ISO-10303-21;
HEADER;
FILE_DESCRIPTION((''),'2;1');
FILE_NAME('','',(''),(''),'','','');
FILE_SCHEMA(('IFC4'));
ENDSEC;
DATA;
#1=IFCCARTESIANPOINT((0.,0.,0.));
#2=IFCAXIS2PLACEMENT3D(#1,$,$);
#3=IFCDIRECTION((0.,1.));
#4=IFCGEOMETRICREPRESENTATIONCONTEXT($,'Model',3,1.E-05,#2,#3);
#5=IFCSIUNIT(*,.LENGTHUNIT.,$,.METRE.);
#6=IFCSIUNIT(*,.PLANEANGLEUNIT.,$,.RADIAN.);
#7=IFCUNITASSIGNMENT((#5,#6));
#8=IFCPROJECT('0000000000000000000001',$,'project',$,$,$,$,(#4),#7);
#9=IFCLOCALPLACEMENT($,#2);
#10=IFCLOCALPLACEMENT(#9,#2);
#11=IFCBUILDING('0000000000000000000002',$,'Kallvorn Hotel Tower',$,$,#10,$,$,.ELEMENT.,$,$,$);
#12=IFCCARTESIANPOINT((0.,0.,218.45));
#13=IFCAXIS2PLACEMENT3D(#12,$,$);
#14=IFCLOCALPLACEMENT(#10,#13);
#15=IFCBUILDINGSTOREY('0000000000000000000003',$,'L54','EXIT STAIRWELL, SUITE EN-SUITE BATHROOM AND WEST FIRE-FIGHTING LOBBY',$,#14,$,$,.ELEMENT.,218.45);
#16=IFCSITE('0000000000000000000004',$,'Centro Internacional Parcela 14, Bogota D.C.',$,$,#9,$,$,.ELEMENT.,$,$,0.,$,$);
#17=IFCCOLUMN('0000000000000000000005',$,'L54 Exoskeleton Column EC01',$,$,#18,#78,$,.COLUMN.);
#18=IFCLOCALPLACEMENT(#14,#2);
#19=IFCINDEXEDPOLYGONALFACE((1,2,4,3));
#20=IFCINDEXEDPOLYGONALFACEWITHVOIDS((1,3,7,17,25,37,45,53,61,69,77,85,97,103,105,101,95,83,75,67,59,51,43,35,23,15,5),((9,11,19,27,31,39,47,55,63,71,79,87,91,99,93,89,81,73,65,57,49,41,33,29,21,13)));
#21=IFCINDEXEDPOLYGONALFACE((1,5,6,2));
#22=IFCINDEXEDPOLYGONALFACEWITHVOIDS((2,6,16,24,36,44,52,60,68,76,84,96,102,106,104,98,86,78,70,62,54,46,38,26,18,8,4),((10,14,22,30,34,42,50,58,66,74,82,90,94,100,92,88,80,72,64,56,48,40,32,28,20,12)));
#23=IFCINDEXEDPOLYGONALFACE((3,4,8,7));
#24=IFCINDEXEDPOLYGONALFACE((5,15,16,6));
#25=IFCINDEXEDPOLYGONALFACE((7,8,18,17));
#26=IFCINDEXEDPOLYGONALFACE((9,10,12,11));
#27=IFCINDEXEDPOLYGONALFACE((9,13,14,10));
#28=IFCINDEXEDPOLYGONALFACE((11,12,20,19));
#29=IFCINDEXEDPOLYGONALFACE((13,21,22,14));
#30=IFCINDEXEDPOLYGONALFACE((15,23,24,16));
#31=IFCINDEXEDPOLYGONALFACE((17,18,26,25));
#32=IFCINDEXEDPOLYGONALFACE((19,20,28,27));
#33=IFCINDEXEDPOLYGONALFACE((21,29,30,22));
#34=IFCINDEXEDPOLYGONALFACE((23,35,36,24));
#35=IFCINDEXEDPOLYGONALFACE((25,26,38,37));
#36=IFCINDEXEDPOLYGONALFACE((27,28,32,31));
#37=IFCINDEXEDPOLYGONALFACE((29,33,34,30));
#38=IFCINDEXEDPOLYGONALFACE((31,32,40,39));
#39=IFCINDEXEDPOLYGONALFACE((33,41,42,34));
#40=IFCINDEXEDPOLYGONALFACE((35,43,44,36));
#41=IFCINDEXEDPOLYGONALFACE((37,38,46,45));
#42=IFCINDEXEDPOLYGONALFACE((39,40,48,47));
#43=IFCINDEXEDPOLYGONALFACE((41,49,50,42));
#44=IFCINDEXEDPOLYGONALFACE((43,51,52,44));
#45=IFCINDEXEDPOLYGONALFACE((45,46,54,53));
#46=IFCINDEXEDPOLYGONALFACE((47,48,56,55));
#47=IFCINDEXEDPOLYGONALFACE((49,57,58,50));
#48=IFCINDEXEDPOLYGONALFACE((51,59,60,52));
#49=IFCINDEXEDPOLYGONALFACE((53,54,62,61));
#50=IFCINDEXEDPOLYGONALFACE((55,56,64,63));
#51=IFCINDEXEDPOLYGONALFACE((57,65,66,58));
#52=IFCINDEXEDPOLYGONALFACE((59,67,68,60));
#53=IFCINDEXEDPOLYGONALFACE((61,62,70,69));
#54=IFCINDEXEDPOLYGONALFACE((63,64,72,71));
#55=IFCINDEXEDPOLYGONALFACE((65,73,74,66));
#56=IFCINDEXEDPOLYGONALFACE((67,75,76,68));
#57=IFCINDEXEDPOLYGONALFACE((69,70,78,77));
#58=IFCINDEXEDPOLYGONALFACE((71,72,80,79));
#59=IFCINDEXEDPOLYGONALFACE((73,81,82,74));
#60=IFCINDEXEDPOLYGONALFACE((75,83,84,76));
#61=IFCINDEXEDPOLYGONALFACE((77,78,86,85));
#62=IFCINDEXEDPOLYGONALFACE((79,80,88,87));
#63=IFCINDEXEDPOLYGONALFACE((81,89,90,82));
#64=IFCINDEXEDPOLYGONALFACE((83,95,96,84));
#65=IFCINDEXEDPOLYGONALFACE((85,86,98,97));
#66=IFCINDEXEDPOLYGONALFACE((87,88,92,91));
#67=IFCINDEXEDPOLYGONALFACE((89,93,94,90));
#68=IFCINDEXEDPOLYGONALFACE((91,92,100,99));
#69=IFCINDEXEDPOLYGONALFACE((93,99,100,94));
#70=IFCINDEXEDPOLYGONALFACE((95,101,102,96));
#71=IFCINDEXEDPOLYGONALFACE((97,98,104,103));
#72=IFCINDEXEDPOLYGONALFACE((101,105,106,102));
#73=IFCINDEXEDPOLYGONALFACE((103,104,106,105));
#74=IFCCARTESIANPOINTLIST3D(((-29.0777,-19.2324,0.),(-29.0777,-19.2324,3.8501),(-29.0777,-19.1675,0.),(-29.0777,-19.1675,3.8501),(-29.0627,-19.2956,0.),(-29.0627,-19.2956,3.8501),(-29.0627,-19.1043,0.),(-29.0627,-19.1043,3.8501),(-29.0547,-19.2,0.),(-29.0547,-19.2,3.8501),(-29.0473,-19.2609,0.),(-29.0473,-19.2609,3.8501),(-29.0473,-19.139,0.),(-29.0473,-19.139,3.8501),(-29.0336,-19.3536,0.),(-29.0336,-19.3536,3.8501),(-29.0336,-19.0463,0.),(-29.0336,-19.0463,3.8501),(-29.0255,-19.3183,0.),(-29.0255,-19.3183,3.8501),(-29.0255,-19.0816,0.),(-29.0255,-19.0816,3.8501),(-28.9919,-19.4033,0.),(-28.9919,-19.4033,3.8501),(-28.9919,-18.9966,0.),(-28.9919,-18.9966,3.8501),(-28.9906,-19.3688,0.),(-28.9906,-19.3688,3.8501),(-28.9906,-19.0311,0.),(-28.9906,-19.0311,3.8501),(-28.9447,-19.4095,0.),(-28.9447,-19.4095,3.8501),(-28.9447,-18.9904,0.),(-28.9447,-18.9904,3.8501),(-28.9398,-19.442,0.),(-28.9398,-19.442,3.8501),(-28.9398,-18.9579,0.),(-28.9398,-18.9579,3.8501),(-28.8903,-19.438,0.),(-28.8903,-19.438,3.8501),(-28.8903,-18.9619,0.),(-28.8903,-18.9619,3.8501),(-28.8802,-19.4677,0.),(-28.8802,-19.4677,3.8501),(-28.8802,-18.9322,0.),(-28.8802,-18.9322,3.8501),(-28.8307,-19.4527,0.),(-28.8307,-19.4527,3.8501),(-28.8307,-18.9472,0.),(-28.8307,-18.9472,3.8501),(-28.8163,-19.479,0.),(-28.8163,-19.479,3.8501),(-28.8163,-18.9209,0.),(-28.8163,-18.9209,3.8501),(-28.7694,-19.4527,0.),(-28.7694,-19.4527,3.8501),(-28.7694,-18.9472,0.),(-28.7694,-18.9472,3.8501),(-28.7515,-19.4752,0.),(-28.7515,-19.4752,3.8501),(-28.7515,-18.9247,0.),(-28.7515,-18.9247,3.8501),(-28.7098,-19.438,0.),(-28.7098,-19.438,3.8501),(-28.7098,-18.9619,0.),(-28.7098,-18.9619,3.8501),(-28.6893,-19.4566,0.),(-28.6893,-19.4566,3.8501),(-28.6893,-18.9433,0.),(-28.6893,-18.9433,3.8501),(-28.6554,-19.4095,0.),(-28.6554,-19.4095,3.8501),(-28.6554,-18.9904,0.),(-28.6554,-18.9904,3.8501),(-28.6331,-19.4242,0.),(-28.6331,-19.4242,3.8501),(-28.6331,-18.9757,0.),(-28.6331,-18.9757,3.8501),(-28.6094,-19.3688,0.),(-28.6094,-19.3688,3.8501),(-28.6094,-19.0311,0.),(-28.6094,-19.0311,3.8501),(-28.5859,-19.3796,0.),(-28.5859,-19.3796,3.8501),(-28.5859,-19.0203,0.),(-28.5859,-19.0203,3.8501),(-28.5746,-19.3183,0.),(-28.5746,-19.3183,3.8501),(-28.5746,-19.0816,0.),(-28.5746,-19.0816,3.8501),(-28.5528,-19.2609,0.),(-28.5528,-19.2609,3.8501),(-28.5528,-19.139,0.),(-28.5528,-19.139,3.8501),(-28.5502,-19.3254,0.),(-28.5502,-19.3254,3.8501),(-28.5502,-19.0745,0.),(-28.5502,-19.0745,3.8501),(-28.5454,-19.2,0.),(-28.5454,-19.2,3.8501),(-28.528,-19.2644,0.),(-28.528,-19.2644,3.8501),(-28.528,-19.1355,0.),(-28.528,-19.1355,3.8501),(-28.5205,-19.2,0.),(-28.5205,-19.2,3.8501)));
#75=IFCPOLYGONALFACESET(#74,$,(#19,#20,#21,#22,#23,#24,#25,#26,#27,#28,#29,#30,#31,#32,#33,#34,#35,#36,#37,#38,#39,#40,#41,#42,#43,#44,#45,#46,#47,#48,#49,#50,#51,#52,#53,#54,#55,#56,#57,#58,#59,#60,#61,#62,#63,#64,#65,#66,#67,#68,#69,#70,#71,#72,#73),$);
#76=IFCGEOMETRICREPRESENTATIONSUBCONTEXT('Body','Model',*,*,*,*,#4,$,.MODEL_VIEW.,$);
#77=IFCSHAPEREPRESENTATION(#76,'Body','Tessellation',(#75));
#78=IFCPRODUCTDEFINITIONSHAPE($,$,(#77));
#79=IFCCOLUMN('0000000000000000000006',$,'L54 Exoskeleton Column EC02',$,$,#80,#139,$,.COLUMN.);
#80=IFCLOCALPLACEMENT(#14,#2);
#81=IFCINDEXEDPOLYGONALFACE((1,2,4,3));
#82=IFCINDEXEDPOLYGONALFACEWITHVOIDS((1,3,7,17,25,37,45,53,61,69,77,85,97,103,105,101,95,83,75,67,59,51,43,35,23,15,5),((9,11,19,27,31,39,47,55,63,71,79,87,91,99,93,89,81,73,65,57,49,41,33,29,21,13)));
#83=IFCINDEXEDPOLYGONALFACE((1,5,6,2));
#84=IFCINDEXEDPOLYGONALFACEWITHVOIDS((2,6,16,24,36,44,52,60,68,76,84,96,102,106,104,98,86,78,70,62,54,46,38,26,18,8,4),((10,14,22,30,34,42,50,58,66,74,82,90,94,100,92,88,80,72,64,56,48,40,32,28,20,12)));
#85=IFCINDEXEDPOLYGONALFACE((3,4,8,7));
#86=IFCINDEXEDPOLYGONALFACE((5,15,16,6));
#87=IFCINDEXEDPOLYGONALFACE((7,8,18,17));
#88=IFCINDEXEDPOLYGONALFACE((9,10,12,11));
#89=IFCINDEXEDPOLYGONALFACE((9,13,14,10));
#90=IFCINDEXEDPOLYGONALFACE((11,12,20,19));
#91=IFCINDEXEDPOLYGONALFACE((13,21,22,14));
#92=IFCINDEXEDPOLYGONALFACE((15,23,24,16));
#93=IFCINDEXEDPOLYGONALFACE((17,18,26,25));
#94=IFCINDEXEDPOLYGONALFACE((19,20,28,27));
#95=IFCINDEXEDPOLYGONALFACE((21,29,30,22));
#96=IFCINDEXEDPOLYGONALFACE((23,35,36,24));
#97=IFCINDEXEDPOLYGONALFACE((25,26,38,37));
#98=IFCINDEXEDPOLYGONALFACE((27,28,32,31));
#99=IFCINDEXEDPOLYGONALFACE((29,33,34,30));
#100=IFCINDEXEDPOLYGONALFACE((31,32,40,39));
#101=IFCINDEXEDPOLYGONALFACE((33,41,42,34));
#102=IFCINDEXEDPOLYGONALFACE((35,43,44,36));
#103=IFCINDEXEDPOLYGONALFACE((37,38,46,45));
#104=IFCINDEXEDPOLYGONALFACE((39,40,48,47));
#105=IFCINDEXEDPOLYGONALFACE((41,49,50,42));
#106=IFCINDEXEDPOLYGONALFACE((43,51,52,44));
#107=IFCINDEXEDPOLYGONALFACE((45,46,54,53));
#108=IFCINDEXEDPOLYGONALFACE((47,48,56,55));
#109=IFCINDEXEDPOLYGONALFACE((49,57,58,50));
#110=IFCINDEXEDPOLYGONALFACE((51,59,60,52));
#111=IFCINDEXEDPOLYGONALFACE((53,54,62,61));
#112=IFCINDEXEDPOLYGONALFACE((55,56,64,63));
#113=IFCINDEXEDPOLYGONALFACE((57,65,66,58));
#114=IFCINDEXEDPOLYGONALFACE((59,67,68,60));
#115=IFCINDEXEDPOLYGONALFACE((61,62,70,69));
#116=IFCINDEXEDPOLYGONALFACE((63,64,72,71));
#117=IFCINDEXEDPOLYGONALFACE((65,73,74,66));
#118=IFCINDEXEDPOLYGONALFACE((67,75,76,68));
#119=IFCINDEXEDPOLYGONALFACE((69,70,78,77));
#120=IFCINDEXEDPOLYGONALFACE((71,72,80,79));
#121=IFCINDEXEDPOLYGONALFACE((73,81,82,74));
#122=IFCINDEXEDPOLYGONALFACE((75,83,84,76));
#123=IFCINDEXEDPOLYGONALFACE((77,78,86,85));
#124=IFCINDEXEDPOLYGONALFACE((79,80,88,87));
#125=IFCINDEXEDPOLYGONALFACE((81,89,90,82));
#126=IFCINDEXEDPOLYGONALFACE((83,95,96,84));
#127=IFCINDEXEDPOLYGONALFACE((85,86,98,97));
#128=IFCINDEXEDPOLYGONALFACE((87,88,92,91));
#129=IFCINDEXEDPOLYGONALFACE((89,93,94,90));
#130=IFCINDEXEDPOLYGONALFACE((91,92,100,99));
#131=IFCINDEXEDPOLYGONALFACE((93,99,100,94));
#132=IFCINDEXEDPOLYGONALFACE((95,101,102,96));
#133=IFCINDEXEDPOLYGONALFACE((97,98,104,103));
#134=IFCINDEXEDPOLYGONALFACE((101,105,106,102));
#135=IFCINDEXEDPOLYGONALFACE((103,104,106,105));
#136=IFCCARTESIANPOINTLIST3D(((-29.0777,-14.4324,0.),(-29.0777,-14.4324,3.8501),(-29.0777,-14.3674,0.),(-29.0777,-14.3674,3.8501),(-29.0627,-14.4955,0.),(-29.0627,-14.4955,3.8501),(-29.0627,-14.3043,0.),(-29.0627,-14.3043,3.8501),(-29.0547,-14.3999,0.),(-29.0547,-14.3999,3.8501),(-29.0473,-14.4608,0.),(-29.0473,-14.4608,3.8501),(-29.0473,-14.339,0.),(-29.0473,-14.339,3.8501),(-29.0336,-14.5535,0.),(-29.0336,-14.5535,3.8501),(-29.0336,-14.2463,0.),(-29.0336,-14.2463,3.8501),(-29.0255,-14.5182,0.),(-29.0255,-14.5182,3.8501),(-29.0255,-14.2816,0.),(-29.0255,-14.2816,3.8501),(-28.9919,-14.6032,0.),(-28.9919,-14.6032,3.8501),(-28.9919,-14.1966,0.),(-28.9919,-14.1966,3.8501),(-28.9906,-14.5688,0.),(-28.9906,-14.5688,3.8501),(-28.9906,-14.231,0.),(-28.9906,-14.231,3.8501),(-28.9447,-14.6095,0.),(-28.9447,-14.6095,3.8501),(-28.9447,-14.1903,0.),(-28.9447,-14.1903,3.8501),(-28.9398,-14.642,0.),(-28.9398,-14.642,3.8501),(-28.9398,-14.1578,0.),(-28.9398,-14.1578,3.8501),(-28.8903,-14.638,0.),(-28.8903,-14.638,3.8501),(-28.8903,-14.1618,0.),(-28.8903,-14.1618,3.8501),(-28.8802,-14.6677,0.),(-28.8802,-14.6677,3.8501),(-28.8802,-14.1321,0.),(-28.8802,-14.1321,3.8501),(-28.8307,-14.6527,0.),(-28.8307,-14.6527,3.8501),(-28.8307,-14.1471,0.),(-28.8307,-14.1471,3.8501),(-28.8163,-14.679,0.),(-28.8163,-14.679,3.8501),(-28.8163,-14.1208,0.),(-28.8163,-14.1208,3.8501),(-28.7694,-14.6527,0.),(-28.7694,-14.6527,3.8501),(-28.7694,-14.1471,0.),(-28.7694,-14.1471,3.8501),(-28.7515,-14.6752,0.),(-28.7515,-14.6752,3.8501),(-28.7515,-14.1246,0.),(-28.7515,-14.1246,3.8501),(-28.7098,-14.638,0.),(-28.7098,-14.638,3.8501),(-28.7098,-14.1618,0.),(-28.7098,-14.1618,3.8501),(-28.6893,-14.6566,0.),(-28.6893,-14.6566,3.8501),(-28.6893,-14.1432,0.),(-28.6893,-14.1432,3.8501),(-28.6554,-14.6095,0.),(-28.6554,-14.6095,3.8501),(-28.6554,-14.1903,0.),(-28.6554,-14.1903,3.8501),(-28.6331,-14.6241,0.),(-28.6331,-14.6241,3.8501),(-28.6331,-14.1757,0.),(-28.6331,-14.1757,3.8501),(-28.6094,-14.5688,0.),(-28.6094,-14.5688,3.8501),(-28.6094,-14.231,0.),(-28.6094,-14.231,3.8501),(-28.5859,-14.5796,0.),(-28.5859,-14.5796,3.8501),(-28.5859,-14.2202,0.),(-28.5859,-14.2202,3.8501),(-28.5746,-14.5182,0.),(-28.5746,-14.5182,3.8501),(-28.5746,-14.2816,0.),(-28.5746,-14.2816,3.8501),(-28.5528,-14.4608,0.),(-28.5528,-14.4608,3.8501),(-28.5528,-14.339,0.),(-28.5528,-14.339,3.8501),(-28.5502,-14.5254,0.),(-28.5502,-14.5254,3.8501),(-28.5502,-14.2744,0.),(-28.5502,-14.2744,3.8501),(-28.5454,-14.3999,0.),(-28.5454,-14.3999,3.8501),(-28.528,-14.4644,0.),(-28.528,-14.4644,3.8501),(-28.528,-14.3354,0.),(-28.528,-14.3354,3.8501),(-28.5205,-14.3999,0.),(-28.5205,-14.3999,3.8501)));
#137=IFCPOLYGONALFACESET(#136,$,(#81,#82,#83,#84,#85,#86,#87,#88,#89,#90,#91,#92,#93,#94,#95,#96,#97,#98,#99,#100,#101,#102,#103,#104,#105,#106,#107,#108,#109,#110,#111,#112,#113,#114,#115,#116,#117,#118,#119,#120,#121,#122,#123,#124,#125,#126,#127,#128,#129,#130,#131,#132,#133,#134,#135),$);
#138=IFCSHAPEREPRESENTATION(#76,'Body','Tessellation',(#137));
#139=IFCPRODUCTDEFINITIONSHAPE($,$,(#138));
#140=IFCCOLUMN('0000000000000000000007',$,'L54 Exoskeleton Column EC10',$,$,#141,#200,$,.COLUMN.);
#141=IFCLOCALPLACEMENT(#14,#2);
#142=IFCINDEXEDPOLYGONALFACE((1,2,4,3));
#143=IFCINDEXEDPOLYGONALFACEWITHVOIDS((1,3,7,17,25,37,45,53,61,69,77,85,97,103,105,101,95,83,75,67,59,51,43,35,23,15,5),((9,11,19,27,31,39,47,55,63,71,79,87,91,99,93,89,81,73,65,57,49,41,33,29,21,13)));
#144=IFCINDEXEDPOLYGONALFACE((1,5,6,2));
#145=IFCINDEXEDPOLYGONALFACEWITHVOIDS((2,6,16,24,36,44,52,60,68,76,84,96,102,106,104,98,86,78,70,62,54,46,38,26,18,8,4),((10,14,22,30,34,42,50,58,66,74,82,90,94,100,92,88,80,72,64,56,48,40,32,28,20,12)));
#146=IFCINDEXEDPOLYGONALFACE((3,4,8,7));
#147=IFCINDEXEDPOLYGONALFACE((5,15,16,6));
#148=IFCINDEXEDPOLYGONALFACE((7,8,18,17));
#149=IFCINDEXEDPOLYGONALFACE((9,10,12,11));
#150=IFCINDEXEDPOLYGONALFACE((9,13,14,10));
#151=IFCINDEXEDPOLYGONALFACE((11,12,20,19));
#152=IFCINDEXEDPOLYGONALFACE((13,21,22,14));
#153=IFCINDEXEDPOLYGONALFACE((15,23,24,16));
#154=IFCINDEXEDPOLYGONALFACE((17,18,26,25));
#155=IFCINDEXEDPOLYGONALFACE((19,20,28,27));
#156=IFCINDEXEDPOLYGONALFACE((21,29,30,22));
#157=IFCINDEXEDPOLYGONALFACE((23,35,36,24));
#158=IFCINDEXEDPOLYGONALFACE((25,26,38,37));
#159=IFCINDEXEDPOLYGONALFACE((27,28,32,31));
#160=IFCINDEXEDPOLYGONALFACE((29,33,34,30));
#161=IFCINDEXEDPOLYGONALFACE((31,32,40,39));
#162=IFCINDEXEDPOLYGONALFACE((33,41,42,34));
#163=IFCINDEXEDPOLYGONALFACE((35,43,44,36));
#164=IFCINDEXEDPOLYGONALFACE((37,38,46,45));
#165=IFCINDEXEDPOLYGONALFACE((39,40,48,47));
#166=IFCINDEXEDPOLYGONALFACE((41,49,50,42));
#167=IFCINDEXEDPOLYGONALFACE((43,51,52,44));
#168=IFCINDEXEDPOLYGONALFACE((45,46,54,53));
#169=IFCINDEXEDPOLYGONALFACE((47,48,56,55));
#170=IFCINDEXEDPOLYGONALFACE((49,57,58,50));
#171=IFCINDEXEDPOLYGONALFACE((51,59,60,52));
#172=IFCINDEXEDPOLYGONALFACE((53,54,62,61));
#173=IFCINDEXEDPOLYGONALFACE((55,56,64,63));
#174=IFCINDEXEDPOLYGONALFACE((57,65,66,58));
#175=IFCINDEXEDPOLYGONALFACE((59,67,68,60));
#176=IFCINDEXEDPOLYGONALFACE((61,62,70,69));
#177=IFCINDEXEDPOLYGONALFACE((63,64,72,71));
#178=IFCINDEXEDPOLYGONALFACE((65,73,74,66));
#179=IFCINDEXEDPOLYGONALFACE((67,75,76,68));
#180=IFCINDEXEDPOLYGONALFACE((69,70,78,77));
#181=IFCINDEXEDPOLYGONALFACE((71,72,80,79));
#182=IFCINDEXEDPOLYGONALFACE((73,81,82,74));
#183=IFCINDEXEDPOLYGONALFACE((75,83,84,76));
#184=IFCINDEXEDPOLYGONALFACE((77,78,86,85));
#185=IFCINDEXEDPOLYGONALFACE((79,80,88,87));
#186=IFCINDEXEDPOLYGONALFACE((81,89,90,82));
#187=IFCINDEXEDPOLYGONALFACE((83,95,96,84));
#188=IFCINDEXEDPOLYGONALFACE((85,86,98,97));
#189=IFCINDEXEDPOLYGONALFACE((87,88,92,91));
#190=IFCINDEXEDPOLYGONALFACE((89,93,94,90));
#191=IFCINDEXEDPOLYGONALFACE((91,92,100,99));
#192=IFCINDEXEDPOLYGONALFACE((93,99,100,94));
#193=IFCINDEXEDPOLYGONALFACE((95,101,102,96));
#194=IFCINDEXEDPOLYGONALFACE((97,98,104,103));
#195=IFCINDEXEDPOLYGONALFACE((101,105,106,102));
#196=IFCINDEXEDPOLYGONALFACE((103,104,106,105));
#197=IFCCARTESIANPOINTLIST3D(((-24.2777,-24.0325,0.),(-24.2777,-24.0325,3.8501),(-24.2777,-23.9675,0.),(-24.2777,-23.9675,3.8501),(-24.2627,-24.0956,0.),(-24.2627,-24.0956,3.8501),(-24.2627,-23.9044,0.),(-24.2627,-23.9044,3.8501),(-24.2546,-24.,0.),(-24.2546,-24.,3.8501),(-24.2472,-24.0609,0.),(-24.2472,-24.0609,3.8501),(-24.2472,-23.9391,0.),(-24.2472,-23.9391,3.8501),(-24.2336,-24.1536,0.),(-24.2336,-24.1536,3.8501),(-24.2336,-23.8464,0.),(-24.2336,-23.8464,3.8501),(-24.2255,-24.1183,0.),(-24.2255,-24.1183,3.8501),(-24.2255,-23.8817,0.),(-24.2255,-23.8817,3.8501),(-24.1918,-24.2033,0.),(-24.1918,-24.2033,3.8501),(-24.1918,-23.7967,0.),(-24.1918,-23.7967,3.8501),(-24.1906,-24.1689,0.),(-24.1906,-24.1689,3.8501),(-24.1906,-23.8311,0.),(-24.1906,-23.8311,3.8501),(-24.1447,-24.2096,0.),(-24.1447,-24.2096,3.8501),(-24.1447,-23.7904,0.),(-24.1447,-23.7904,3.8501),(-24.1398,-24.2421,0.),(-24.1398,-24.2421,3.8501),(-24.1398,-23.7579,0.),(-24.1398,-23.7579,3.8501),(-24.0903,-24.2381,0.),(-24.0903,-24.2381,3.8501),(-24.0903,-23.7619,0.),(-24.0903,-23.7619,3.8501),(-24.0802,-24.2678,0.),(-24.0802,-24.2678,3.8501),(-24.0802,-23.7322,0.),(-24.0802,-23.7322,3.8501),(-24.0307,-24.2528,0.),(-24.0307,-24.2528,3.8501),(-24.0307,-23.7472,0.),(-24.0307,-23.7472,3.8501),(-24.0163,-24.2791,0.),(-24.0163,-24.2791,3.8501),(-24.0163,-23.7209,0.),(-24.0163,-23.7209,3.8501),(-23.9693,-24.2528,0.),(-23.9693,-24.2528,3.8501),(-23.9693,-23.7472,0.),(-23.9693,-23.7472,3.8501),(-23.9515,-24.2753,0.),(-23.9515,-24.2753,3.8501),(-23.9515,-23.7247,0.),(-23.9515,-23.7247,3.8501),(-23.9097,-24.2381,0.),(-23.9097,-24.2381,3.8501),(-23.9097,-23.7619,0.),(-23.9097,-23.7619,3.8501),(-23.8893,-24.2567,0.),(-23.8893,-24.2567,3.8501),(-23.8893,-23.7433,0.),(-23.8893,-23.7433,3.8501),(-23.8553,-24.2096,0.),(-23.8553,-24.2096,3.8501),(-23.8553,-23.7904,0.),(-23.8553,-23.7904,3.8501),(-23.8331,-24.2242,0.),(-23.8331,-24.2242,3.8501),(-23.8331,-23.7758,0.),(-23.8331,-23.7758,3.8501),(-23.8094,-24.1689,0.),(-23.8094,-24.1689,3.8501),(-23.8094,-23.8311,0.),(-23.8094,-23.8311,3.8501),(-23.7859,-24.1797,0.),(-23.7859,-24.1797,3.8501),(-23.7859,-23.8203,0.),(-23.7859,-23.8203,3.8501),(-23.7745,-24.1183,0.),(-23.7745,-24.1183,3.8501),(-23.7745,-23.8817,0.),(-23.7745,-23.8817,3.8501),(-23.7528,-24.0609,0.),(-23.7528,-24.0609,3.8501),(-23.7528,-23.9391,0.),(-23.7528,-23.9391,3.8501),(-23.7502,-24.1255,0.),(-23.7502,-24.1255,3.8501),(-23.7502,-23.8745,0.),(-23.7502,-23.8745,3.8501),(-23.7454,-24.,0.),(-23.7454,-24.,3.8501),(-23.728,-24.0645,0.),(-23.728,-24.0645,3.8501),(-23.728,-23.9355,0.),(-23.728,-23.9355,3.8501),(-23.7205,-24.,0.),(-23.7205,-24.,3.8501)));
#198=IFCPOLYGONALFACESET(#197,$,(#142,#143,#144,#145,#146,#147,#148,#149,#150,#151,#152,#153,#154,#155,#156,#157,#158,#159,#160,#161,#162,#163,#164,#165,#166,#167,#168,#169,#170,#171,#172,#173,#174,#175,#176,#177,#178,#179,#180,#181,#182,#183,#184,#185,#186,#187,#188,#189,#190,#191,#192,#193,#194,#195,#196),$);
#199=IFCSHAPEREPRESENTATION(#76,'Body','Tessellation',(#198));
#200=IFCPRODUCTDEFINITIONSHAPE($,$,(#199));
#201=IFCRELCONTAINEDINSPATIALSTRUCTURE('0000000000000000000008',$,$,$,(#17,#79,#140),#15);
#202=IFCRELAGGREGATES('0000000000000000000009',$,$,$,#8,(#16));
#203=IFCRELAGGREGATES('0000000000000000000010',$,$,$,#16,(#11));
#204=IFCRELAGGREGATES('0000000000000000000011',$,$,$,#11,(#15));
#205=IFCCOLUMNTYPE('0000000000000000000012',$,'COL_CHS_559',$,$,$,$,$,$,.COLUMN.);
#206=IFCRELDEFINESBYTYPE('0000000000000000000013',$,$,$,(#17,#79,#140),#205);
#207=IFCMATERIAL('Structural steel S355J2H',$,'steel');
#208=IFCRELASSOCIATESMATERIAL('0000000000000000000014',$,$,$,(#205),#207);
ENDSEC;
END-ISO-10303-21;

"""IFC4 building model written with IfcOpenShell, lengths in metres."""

from ifc_helpers import new_model, si_unit, direction, frame, origin, origin_2d, place, context, subcontext, project, spatial, hollow_circle, extrude, material, material_profile, profile_set, type_object, element, save


model = new_model("IFC4")

# Units and contexts
model_context = context("Model", 3, precision=1e-05, world=origin(), true_north=direction((0.0, 1.0)))
body_context = subcontext(model_context, "Body", "Model", "MODEL_VIEW")
ifc_project = project(units=[si_unit("LENGTHUNIT", "METRE"), si_unit("PLANEANGLEUNIT", "RADIAN")], contexts=[model_context])

# Site, building, storey
site_placement = place(None, origin())
site = spatial("IfcSite", under=ifc_project, at=site_placement, Name="Centro Internacional Parcela 14, Bogota D.C.", CompositionType="ELEMENT", RefElevation=0.0)
building_placement = place(site_placement, origin())
building = spatial("IfcBuilding", under=site, at=building_placement, Name="Kallvorn Hotel Tower", CompositionType="ELEMENT")
storey_placement = place(building_placement, frame((0.0, 0.0, 218.45)))
storey = spatial("IfcBuildingStorey", under=building, at=storey_placement, Name="L54", Description="EXIT STAIRWELL, SUITE EN-SUITE BATHROOM AND WEST FIRE-FIGHTING LOBBY", CompositionType="ELEMENT", Elevation=218.45)

# Columns
ifc_material_1 = material(Name="Structural steel S355J2H", Category="steel")
ifc_material_profile_1 = material_profile(ifc_material_1, hollow_circle(Radius=0.2795, WallThickness=0.0249, at=origin_2d()), Name="CHS 559x25")
ifc_profile_set_1 = profile_set([ifc_material_profile_1], Name="Structural steel S355J2H")
column_type = type_object("IfcColumnType", Name="COL_CHS_559", PredefinedType="COLUMN", material=ifc_profile_set_1)
for number, where, z_axis, x_axis, name in (
    (1, (-28.8, -19.2, 0.0), (0.0, 0.0, 1.0), (1.0, 0.0, 0.0), "L54 Exoskeleton Column EC01"),
    (2, (-28.8, -14.3999, 0.0), (0.0, 0.0, 1.0), (1.0, 0.0, 0.0), "L54 Exoskeleton Column EC02"),
    (3, (-24.0, -24.0, 0.0), (0.0, 0.0, 1.0), (1.0, 0.0, 0.0), "L54 Exoskeleton Column EC10"),
):
    element("IfcColumn", number, at=place(storey_placement, frame(where, z_axis=z_axis, x_axis=x_axis)), inside=storey, type_object=column_type, Name=name, PredefinedType="COLUMN", context=body_context, shape_type="SweptSolid", body=[
        extrude(hollow_circle(Radius=0.2795, WallThickness=0.0249, at=origin_2d()), origin(), (0.0, 0.0, 1.0), 3.8501),
    ])

save(model, "model.ifc")
